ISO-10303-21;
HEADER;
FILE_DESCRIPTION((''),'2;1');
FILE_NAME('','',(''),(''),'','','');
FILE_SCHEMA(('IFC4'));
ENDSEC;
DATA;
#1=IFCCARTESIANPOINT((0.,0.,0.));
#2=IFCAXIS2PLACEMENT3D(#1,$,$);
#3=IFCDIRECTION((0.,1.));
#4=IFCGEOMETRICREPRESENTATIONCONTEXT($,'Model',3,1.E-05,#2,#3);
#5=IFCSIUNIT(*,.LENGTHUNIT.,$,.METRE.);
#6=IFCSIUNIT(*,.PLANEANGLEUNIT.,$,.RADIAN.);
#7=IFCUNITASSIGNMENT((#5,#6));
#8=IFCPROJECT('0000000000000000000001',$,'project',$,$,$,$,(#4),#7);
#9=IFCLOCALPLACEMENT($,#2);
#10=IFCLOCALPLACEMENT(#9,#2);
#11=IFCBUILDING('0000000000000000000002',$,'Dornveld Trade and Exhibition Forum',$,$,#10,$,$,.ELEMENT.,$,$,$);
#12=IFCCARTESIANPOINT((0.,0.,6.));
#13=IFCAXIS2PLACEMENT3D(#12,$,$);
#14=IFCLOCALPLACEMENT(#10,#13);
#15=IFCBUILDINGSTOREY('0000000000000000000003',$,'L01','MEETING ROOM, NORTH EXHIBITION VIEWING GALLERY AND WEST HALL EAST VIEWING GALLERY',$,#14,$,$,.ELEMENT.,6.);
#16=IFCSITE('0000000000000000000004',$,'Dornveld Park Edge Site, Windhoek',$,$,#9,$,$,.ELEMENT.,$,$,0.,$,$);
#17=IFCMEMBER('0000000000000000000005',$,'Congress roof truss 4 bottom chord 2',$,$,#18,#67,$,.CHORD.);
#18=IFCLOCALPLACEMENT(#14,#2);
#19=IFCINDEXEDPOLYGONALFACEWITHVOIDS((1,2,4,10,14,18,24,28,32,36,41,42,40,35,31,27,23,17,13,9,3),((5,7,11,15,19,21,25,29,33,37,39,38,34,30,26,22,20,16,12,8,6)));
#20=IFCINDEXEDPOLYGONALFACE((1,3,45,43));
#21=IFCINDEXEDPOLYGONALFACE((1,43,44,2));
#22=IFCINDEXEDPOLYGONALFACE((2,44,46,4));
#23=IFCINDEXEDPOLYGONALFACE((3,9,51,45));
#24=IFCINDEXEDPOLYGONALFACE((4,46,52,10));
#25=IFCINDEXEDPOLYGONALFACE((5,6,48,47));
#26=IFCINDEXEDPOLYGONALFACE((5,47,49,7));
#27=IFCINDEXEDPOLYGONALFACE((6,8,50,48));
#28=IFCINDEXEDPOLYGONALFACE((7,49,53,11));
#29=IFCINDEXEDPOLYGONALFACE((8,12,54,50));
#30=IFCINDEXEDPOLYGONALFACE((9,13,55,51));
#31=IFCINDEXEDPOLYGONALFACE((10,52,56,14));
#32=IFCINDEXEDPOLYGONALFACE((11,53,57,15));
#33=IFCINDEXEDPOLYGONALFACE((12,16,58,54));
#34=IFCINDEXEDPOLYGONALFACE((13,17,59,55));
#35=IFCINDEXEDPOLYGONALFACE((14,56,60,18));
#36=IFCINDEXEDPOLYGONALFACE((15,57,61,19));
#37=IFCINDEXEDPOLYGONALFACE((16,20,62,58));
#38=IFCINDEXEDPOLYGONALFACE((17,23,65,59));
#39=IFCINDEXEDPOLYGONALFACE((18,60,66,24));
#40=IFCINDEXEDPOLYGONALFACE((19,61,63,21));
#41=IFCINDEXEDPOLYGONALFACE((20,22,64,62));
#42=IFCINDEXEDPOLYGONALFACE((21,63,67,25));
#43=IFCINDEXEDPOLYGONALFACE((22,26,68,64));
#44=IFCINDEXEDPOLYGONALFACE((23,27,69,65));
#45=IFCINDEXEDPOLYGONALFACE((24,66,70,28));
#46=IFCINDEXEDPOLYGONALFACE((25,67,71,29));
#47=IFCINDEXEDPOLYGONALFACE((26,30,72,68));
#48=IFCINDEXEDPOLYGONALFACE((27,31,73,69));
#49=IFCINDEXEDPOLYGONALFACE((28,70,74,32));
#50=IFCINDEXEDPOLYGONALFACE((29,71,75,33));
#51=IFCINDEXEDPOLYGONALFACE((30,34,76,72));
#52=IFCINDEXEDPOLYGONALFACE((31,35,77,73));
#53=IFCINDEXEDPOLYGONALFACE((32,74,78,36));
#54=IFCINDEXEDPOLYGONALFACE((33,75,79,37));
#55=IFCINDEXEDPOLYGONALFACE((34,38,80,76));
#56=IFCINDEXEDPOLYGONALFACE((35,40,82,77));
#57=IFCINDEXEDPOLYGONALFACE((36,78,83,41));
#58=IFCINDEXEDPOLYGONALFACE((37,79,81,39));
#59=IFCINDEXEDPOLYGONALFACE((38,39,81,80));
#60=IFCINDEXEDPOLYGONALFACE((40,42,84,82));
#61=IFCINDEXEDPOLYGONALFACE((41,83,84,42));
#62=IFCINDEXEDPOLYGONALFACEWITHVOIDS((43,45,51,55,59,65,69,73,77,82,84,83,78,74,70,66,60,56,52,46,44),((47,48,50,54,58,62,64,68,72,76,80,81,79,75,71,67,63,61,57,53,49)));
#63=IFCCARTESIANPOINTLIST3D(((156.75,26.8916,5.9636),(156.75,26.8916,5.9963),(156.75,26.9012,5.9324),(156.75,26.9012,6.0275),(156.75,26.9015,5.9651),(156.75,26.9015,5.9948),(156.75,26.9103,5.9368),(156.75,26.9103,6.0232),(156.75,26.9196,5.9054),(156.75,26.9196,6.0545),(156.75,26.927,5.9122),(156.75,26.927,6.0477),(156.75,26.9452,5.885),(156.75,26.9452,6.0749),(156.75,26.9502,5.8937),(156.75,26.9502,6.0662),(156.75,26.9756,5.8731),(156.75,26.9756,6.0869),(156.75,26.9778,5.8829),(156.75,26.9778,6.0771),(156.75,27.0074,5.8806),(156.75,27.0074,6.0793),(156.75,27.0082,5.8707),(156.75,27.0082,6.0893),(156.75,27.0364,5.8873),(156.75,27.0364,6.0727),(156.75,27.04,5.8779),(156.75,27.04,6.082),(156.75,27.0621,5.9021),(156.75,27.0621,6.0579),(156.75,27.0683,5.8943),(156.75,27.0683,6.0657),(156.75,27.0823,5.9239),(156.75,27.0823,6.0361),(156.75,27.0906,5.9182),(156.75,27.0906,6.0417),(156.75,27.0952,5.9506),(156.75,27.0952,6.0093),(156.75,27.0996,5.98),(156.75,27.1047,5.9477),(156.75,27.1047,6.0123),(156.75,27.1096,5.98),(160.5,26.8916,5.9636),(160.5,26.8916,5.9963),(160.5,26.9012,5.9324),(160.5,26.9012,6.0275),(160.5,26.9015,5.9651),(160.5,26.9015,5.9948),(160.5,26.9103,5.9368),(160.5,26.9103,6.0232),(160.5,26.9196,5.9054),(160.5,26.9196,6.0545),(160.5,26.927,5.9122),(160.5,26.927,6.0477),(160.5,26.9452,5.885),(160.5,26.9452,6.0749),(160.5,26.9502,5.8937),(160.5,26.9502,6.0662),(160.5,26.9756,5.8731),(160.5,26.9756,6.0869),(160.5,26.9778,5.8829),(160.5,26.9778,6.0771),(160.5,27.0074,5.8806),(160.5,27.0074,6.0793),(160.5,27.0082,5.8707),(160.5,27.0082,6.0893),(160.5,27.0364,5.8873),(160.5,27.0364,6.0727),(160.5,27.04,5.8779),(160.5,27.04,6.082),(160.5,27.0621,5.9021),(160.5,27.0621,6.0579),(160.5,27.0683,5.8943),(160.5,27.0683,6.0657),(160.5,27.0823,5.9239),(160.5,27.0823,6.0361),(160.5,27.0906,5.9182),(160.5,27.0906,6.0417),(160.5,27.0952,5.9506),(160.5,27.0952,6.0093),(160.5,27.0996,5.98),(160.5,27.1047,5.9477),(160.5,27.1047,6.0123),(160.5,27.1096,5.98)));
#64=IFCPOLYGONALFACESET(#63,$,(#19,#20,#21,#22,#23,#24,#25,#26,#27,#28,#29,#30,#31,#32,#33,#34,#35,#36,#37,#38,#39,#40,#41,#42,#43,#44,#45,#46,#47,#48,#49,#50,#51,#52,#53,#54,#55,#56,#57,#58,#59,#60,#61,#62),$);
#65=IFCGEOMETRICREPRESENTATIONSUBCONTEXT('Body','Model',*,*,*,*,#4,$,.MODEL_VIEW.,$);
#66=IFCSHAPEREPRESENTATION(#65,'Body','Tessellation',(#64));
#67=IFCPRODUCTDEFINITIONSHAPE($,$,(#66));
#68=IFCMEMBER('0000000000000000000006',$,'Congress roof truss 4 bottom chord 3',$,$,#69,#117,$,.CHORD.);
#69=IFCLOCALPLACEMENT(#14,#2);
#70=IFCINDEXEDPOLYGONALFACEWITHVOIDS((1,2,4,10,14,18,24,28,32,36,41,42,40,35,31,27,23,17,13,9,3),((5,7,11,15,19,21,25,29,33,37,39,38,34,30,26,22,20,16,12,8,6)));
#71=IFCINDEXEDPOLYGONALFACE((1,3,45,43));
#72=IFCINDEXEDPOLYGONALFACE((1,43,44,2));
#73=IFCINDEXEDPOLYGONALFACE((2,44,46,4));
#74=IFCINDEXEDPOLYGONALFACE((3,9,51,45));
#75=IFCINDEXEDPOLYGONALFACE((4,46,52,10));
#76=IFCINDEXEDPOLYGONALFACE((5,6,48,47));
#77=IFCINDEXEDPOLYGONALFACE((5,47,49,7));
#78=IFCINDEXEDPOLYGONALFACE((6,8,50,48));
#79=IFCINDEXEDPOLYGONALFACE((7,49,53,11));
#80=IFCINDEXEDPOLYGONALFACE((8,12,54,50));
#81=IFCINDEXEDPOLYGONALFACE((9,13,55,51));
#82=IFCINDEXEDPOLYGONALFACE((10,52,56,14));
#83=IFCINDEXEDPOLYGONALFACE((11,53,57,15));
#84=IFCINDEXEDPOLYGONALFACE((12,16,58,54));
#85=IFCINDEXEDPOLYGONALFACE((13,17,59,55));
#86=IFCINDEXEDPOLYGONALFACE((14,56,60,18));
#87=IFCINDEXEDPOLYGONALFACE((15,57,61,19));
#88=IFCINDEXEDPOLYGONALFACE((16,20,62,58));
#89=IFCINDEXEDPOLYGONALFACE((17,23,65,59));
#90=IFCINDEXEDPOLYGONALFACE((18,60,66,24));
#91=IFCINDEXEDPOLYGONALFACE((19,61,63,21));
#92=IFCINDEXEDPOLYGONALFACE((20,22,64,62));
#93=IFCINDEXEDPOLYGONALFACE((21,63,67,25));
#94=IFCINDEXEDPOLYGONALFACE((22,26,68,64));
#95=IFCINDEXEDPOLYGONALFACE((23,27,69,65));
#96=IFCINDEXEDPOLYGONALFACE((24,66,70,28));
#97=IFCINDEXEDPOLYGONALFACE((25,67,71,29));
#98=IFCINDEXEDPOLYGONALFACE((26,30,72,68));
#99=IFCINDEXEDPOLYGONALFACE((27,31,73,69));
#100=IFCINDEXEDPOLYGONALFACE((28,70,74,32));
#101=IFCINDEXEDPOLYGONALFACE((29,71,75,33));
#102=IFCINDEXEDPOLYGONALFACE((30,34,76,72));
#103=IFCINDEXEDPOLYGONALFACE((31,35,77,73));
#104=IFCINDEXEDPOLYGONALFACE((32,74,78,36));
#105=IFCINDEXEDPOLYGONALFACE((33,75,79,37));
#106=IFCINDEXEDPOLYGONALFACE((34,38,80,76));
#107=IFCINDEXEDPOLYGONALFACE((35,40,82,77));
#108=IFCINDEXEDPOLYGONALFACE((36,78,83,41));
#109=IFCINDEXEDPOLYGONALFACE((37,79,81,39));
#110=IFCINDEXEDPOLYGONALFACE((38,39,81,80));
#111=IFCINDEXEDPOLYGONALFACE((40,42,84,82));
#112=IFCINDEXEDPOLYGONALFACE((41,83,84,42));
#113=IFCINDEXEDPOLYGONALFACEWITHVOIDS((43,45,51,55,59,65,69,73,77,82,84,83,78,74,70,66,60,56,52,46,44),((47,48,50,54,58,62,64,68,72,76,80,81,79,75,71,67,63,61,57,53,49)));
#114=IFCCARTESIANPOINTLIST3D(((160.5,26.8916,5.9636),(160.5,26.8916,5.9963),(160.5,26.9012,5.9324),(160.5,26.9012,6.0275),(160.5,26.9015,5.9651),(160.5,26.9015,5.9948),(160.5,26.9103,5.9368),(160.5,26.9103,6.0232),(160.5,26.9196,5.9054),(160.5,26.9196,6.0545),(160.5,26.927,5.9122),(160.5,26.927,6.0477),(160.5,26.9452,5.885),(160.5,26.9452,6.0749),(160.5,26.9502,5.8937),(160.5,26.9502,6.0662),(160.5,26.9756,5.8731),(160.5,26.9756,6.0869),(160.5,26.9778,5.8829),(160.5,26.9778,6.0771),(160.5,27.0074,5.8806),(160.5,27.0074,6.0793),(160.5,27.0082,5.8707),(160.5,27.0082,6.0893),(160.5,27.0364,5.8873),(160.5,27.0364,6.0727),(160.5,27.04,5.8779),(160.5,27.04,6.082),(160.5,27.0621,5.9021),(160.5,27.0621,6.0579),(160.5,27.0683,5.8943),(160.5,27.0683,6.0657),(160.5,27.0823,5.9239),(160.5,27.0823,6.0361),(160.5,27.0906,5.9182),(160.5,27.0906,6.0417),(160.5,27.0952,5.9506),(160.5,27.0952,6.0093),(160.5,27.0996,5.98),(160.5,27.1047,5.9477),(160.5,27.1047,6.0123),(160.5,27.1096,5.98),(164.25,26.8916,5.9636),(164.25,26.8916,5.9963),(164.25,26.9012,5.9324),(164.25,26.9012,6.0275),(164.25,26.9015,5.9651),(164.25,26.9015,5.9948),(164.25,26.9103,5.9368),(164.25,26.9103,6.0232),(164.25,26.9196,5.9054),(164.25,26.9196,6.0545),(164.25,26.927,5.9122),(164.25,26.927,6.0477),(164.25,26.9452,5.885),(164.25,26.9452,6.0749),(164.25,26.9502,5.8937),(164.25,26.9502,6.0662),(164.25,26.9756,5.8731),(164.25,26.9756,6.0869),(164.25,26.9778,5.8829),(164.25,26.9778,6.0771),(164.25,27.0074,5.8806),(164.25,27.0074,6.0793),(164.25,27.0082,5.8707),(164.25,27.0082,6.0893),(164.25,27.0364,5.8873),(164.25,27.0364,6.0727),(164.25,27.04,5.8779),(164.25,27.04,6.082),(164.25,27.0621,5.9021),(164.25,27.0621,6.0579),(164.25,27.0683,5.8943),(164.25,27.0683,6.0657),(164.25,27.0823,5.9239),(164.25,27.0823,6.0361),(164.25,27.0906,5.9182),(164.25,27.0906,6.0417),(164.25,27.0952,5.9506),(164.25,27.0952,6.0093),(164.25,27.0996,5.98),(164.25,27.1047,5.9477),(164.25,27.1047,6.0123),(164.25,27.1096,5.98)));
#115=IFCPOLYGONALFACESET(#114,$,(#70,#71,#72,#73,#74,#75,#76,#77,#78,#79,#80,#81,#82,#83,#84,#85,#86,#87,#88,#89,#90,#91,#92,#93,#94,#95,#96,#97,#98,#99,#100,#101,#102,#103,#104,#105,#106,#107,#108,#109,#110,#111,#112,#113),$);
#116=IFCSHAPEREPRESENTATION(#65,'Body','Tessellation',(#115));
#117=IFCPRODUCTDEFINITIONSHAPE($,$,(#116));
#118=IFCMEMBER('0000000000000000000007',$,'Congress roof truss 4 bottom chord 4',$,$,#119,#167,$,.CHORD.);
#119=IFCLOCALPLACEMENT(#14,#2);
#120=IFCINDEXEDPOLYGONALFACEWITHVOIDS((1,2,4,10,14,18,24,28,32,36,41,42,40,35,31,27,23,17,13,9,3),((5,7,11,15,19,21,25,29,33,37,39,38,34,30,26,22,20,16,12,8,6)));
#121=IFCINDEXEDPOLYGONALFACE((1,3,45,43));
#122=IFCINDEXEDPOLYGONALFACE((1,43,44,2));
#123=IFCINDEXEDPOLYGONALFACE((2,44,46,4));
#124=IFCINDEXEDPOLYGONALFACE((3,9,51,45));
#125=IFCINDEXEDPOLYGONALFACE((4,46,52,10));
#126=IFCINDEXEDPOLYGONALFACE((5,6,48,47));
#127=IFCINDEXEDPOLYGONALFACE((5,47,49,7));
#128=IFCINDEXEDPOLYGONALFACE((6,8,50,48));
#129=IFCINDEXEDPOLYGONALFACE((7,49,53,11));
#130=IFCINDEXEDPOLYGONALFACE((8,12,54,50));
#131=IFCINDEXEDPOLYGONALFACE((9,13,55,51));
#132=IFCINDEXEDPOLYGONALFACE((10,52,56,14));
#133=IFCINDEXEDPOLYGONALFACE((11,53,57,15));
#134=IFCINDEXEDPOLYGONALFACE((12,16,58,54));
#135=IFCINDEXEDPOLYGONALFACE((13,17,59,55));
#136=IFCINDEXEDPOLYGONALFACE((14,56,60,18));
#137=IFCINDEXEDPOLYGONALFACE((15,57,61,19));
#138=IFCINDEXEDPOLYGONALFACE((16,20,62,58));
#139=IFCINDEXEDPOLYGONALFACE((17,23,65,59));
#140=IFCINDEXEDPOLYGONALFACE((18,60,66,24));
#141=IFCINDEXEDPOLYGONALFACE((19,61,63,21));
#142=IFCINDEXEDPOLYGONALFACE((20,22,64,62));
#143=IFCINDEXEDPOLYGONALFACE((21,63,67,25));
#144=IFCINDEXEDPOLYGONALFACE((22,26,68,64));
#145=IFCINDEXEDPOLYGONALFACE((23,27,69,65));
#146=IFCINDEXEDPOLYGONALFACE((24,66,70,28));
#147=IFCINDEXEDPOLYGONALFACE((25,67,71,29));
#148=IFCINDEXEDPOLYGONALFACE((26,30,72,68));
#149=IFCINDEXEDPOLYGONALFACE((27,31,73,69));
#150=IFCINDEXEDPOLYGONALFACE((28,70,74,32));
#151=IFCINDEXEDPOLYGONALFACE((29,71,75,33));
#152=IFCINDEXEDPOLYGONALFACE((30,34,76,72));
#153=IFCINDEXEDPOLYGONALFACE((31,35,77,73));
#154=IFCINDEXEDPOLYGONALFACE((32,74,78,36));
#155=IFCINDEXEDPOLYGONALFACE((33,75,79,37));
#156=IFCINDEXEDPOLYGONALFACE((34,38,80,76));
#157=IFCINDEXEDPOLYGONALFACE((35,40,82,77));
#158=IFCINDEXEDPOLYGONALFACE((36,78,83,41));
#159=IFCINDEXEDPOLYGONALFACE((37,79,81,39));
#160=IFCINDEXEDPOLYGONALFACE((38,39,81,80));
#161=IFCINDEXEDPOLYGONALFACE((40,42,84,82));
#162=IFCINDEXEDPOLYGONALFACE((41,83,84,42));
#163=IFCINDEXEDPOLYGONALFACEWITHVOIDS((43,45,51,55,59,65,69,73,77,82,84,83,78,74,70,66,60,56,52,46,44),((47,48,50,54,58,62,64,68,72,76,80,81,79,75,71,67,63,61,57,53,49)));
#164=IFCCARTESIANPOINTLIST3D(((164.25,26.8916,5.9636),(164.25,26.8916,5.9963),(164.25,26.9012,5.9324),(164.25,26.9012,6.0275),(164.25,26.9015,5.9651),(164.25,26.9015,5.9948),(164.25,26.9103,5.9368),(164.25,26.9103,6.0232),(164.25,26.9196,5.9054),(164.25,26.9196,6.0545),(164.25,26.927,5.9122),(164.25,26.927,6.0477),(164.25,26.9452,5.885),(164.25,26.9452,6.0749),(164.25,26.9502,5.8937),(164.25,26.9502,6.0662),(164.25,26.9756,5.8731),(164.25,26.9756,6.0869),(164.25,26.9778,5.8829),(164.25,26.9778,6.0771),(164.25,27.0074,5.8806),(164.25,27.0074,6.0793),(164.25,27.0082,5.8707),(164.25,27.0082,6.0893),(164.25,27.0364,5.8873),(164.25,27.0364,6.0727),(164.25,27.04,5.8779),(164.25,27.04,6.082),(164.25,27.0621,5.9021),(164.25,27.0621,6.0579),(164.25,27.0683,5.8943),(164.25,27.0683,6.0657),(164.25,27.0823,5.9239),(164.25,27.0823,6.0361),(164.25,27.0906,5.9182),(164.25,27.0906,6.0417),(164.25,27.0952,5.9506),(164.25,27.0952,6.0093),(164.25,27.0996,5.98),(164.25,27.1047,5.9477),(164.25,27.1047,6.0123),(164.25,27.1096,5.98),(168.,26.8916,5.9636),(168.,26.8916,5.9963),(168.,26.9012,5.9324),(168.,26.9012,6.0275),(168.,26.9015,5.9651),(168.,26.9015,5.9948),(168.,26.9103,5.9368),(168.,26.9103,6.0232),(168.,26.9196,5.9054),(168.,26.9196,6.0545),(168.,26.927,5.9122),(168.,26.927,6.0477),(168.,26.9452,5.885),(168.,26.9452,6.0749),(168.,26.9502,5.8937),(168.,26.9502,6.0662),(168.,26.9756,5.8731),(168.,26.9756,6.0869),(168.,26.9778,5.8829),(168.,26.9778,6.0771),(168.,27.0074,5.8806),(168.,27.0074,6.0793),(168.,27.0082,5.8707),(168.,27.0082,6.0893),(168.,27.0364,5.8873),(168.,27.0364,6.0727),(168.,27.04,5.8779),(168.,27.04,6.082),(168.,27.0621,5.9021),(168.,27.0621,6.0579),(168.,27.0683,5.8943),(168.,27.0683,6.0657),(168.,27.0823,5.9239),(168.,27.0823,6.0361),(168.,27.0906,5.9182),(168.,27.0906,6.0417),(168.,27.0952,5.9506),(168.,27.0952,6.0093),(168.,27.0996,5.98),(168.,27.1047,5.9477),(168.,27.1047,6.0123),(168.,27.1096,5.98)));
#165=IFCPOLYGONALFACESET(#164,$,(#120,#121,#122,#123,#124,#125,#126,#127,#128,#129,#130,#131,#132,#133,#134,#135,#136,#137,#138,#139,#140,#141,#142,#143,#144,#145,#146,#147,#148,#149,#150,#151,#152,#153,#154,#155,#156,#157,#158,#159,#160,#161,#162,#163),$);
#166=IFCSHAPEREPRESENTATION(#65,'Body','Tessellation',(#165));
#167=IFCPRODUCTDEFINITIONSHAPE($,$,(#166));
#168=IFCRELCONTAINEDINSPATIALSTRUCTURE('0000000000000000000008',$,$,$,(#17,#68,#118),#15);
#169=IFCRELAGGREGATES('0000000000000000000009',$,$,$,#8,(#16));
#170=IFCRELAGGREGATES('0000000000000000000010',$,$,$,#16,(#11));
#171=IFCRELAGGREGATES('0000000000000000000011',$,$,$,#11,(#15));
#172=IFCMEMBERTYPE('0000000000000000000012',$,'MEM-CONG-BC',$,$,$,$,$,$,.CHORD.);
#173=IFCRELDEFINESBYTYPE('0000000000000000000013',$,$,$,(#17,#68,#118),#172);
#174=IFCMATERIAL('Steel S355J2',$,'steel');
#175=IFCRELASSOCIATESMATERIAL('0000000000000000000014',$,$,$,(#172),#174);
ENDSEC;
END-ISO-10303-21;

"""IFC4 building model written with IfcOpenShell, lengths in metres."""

from ifc_helpers import new_model, si_unit, direction, frame, origin, origin_2d, place, context, subcontext, project, spatial, hollow_circle, extrude, material, material_profile, profile_set, type_object, element, save


model = new_model("IFC4")

# Units and contexts
model_context = context("Model", 3, precision=1e-05, world=origin(), true_north=direction((0.0, 1.0)))
body_context = subcontext(model_context, "Body", "Model", "MODEL_VIEW")
ifc_project = project(units=[si_unit("LENGTHUNIT", "METRE"), si_unit("PLANEANGLEUNIT", "RADIAN")], contexts=[model_context])

# Site, building, storey
site_placement = place(None, origin())
site = spatial("IfcSite", under=ifc_project, at=site_placement, Name="Dornveld Park Edge Site, Windhoek", CompositionType="ELEMENT", RefElevation=0.0)
building_placement = place(site_placement, origin())
building = spatial("IfcBuilding", under=site, at=building_placement, Name="Dornveld Trade and Exhibition Forum", CompositionType="ELEMENT")
storey_placement = place(building_placement, frame((0.0, 0.0, 6.0)))
storey = spatial("IfcBuildingStorey", under=building, at=storey_placement, Name="L01", Description="MEETING ROOM, NORTH EXHIBITION VIEWING GALLERY AND WEST HALL EAST VIEWING GALLERY", CompositionType="ELEMENT", Elevation=6.0)

# Members
ifc_material_1 = material(Name="Steel S355J2", Category="steel")
ifc_material_profile_1 = material_profile(ifc_material_1, hollow_circle(Radius=0.1096, WallThickness=0.01, at=origin_2d()), Name="CHS 219.1x10")
ifc_profile_set_1 = profile_set([ifc_material_profile_1], Name="Steel S355J2")
member_type_1 = type_object("IfcMemberType", Name="MEM-CONG-BC", PredefinedType="CHORD", material=ifc_profile_set_1)
for number, where, z_axis, x_axis, name in (
    (1, (156.75, 27.0, 5.98), (1.0, 0.0, 0.0), (0.0, 1.0, 0.0), "Congress roof truss 4 bottom chord 2"),
    (2, (160.5, 27.0, 5.98), (1.0, 0.0, 0.0), (0.0, 1.0, 0.0), "Congress roof truss 4 bottom chord 3"),
    (3, (164.25, 27.0, 5.98), (1.0, 0.0, 0.0), (0.0, 1.0, 0.0), "Congress roof truss 4 bottom chord 4"),
):
    element("IfcMember", number, at=place(storey_placement, frame(where, z_axis=z_axis, x_axis=x_axis)), inside=storey, type_object=member_type_1, Name=name, PredefinedType="CHORD", context=body_context, shape_type="SweptSolid", body=[
        extrude(hollow_circle(Radius=0.1096, WallThickness=0.01, at=origin_2d()), origin(), (0.0, 0.0, 1.0), 3.75),
    ])

save(model, "model.ifc")
